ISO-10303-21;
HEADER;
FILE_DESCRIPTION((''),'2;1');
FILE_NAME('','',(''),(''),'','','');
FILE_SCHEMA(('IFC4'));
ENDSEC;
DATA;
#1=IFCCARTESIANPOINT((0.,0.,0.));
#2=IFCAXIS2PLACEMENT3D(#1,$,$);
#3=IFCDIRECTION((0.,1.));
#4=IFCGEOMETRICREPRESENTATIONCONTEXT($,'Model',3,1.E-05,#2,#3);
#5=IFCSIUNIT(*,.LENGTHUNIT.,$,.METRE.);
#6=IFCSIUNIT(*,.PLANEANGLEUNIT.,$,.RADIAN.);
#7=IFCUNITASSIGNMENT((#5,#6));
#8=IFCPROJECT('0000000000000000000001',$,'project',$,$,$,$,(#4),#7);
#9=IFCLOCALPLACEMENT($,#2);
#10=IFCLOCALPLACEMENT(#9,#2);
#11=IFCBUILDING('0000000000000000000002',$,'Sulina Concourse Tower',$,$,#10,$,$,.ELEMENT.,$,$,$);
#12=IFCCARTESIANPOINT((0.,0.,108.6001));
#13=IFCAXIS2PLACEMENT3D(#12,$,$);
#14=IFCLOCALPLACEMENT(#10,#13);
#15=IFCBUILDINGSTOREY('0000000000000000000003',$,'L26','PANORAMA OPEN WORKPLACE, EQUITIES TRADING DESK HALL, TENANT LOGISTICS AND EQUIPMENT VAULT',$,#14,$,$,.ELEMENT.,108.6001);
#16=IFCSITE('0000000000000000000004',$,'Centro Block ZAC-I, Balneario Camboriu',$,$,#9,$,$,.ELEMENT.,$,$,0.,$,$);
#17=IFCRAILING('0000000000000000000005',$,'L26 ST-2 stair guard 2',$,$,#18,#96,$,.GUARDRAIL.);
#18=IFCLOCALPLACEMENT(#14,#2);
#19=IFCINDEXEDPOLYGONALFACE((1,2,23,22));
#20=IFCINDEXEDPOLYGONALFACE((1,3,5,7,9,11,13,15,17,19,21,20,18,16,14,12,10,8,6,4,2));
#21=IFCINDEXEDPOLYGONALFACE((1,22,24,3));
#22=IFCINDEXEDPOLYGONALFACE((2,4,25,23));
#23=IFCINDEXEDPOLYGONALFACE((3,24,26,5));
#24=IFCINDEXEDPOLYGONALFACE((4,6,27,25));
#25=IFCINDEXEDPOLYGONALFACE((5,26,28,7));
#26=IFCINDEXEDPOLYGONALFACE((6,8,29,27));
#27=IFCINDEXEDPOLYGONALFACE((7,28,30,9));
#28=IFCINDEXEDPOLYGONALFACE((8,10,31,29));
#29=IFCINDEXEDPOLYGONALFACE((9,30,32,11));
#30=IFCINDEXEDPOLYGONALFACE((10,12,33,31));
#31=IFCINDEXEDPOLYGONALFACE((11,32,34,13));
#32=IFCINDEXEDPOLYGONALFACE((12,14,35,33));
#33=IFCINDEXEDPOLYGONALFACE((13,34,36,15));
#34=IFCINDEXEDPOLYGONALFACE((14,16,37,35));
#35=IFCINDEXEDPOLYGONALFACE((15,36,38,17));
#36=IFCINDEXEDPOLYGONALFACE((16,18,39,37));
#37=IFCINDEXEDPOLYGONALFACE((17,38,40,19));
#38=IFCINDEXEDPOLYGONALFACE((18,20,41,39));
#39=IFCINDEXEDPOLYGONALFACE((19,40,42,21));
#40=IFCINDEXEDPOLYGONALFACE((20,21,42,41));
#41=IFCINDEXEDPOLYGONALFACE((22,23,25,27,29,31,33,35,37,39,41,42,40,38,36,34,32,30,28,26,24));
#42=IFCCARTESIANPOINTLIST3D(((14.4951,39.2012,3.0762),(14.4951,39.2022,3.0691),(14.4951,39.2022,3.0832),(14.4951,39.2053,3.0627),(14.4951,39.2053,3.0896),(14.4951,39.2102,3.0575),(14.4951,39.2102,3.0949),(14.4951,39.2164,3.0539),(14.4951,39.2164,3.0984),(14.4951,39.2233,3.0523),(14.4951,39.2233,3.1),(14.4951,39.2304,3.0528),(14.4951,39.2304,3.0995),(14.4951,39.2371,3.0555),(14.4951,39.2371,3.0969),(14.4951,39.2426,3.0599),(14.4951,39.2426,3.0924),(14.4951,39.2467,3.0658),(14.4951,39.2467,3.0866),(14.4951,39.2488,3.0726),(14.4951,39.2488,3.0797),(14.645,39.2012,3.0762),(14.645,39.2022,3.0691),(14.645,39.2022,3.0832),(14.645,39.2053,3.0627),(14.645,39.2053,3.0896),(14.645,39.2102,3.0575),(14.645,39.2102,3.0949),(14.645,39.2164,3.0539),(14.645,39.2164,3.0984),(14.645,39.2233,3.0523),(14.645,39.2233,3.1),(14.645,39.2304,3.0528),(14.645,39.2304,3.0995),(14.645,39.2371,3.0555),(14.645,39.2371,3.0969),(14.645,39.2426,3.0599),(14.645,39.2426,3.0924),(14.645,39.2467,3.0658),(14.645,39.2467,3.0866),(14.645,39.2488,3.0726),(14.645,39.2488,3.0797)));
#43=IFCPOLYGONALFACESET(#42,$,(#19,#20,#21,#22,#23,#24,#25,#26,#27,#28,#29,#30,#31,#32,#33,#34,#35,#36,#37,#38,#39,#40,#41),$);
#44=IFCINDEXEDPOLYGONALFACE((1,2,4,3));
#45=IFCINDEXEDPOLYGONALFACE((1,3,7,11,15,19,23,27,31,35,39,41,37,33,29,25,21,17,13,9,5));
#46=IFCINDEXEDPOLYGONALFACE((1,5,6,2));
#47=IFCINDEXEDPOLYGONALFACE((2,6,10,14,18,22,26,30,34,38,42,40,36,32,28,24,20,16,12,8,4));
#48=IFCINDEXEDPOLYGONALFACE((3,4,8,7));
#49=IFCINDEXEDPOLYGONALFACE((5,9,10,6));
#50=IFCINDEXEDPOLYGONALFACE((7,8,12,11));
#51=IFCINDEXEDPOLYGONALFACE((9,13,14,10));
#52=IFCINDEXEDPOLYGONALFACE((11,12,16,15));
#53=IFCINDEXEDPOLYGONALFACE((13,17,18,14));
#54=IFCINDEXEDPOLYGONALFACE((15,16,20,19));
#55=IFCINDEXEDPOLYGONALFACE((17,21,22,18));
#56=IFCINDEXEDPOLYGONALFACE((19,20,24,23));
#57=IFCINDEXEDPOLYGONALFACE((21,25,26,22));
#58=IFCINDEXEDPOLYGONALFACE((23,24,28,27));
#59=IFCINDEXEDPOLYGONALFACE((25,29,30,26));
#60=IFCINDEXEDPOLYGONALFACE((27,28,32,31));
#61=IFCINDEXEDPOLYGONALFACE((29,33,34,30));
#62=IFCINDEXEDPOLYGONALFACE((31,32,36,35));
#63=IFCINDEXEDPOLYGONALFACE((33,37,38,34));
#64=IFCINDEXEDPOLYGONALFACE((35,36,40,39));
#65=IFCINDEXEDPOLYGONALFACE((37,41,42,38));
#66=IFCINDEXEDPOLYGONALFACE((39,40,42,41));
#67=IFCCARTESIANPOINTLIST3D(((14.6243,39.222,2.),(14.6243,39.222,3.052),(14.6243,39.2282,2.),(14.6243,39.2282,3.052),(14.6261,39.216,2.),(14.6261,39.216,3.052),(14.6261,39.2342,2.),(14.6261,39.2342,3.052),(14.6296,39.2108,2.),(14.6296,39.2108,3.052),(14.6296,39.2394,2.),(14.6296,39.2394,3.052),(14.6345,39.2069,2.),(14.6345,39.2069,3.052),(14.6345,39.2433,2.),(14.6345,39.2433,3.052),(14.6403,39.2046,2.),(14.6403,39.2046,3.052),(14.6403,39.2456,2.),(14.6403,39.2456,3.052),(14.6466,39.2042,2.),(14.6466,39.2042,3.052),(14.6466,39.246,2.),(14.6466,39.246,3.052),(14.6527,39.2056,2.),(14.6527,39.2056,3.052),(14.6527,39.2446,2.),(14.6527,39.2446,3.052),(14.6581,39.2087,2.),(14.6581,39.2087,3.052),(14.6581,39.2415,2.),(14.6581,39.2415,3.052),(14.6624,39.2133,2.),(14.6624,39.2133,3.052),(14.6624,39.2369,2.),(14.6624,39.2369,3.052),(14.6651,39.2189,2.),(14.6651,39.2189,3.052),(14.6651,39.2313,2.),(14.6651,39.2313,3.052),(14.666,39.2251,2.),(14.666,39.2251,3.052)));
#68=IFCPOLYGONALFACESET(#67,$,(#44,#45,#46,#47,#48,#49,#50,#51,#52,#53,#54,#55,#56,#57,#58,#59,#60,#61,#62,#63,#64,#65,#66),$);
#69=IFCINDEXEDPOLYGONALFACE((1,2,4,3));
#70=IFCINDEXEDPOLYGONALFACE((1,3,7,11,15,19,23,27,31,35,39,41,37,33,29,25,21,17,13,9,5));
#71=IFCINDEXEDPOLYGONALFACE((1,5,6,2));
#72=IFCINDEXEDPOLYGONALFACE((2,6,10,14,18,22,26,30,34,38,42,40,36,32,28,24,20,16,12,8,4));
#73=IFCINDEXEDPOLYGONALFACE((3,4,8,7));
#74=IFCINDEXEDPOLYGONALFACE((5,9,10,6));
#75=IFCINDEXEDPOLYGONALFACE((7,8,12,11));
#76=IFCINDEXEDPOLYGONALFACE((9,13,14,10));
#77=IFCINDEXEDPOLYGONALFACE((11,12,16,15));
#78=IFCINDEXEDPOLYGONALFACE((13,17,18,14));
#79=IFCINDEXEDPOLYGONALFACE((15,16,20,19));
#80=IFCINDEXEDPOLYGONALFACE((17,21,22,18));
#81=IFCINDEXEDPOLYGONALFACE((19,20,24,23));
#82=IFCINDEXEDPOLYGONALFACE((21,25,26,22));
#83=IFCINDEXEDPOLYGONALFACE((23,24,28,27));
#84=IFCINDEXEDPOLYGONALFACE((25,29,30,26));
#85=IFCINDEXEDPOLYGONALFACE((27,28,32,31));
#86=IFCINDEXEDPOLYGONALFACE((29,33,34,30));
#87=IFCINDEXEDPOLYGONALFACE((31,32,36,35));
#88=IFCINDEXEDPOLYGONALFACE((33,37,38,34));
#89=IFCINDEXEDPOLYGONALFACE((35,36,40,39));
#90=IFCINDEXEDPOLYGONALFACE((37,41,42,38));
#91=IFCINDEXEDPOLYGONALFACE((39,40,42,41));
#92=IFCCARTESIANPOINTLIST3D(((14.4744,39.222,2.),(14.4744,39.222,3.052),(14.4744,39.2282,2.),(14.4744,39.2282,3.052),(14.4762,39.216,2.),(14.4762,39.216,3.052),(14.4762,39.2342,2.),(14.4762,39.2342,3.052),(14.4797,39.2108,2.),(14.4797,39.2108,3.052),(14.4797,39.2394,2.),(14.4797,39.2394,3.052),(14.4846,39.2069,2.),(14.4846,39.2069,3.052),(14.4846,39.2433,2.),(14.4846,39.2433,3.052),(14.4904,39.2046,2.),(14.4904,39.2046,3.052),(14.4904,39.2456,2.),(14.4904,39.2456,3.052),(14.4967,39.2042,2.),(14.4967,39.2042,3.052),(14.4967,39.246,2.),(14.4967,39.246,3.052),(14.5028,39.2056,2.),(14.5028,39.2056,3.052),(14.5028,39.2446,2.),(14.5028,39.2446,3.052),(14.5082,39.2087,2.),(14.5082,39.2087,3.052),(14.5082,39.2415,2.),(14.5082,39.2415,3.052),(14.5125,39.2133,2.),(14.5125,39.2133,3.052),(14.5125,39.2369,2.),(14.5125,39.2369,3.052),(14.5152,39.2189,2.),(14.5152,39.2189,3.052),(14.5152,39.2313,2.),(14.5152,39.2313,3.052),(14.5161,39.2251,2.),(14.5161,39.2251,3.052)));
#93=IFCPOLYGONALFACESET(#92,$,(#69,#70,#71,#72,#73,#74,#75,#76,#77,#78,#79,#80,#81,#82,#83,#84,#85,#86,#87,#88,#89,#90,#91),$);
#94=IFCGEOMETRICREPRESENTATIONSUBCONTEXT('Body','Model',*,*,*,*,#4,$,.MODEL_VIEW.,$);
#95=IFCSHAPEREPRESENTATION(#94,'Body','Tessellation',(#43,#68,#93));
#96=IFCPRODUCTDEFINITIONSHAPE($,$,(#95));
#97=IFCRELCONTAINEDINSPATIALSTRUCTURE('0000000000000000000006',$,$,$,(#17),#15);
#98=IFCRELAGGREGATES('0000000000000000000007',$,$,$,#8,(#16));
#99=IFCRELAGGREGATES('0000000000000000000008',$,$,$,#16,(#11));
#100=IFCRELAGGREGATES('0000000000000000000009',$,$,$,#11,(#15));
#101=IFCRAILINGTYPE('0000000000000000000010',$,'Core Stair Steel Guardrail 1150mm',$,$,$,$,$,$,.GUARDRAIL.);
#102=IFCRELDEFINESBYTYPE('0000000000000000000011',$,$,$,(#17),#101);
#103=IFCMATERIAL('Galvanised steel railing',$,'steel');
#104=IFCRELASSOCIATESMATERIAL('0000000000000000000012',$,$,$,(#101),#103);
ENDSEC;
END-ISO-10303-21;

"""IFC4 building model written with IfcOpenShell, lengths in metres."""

from ifc_helpers import new_model, si_unit, direction, frame, origin, origin_2d, place, context, subcontext, project, spatial, circle, extrude, material, type_object, element, save


model = new_model("IFC4")

# Units and contexts
model_context = context("Model", 3, precision=1e-05, world=origin(), true_north=direction((0.0, 1.0)))
body_context = subcontext(model_context, "Body", "Model", "MODEL_VIEW")
ifc_project = project(units=[si_unit("LENGTHUNIT", "METRE"), si_unit("PLANEANGLEUNIT", "RADIAN")], contexts=[model_context])

# Site, building, storey
site_placement = place(None, origin())
site = spatial("IfcSite", under=ifc_project, at=site_placement, Name="Centro Block ZAC-I, Balneario Camboriu", CompositionType="ELEMENT", RefElevation=0.0)
building_placement = place(site_placement, origin())
building = spatial("IfcBuilding", under=site, at=building_placement, Name="Sulina Concourse Tower", CompositionType="ELEMENT")
storey_placement = place(building_placement, frame((0.0, 0.0, 108.6001)))
storey = spatial("IfcBuildingStorey", under=building, at=storey_placement, Name="L26", Description="PANORAMA OPEN WORKPLACE, EQUITIES TRADING DESK HALL, TENANT LOGISTICS AND EQUIPMENT VAULT", CompositionType="ELEMENT", Elevation=108.6001)

# Railing
ifc_material_1 = material(Name="Galvanised steel railing", Category="steel")
railing_type_1 = type_object("IfcRailingType", Name="Core Stair Steel Guardrail 1150mm", PredefinedType="GUARDRAIL", material=ifc_material_1)
railing_1_placement = place(storey_placement, frame((14.645, 39.2251, 2.0)))
element("IfcRailing", 1, at=railing_1_placement, inside=storey, type_object=railing_type_1, Name="L26 ST-2 stair guard 2", PredefinedType="GUARDRAIL", context=body_context, shape_type="SweptSolid", body=[
    extrude(circle(Radius=0.0239, at=origin_2d()), frame((0.0, 0.0, 1.0762), z_axis=(-1.0, 0.0, 0.0), x_axis=(0.0, -1.0, 0.0)), (0.0, 0.0, 1.0), 0.1499),
    extrude(circle(Radius=0.021, at=origin_2d()), origin(), (0.0, 0.0, 1.0), 1.052),
    extrude(circle(Radius=0.021, at=origin_2d()), frame((-0.1499, 0.0, 0.0)), (0.0, 0.0, 1.0), 1.052),
])

save(model, "model.ifc")
